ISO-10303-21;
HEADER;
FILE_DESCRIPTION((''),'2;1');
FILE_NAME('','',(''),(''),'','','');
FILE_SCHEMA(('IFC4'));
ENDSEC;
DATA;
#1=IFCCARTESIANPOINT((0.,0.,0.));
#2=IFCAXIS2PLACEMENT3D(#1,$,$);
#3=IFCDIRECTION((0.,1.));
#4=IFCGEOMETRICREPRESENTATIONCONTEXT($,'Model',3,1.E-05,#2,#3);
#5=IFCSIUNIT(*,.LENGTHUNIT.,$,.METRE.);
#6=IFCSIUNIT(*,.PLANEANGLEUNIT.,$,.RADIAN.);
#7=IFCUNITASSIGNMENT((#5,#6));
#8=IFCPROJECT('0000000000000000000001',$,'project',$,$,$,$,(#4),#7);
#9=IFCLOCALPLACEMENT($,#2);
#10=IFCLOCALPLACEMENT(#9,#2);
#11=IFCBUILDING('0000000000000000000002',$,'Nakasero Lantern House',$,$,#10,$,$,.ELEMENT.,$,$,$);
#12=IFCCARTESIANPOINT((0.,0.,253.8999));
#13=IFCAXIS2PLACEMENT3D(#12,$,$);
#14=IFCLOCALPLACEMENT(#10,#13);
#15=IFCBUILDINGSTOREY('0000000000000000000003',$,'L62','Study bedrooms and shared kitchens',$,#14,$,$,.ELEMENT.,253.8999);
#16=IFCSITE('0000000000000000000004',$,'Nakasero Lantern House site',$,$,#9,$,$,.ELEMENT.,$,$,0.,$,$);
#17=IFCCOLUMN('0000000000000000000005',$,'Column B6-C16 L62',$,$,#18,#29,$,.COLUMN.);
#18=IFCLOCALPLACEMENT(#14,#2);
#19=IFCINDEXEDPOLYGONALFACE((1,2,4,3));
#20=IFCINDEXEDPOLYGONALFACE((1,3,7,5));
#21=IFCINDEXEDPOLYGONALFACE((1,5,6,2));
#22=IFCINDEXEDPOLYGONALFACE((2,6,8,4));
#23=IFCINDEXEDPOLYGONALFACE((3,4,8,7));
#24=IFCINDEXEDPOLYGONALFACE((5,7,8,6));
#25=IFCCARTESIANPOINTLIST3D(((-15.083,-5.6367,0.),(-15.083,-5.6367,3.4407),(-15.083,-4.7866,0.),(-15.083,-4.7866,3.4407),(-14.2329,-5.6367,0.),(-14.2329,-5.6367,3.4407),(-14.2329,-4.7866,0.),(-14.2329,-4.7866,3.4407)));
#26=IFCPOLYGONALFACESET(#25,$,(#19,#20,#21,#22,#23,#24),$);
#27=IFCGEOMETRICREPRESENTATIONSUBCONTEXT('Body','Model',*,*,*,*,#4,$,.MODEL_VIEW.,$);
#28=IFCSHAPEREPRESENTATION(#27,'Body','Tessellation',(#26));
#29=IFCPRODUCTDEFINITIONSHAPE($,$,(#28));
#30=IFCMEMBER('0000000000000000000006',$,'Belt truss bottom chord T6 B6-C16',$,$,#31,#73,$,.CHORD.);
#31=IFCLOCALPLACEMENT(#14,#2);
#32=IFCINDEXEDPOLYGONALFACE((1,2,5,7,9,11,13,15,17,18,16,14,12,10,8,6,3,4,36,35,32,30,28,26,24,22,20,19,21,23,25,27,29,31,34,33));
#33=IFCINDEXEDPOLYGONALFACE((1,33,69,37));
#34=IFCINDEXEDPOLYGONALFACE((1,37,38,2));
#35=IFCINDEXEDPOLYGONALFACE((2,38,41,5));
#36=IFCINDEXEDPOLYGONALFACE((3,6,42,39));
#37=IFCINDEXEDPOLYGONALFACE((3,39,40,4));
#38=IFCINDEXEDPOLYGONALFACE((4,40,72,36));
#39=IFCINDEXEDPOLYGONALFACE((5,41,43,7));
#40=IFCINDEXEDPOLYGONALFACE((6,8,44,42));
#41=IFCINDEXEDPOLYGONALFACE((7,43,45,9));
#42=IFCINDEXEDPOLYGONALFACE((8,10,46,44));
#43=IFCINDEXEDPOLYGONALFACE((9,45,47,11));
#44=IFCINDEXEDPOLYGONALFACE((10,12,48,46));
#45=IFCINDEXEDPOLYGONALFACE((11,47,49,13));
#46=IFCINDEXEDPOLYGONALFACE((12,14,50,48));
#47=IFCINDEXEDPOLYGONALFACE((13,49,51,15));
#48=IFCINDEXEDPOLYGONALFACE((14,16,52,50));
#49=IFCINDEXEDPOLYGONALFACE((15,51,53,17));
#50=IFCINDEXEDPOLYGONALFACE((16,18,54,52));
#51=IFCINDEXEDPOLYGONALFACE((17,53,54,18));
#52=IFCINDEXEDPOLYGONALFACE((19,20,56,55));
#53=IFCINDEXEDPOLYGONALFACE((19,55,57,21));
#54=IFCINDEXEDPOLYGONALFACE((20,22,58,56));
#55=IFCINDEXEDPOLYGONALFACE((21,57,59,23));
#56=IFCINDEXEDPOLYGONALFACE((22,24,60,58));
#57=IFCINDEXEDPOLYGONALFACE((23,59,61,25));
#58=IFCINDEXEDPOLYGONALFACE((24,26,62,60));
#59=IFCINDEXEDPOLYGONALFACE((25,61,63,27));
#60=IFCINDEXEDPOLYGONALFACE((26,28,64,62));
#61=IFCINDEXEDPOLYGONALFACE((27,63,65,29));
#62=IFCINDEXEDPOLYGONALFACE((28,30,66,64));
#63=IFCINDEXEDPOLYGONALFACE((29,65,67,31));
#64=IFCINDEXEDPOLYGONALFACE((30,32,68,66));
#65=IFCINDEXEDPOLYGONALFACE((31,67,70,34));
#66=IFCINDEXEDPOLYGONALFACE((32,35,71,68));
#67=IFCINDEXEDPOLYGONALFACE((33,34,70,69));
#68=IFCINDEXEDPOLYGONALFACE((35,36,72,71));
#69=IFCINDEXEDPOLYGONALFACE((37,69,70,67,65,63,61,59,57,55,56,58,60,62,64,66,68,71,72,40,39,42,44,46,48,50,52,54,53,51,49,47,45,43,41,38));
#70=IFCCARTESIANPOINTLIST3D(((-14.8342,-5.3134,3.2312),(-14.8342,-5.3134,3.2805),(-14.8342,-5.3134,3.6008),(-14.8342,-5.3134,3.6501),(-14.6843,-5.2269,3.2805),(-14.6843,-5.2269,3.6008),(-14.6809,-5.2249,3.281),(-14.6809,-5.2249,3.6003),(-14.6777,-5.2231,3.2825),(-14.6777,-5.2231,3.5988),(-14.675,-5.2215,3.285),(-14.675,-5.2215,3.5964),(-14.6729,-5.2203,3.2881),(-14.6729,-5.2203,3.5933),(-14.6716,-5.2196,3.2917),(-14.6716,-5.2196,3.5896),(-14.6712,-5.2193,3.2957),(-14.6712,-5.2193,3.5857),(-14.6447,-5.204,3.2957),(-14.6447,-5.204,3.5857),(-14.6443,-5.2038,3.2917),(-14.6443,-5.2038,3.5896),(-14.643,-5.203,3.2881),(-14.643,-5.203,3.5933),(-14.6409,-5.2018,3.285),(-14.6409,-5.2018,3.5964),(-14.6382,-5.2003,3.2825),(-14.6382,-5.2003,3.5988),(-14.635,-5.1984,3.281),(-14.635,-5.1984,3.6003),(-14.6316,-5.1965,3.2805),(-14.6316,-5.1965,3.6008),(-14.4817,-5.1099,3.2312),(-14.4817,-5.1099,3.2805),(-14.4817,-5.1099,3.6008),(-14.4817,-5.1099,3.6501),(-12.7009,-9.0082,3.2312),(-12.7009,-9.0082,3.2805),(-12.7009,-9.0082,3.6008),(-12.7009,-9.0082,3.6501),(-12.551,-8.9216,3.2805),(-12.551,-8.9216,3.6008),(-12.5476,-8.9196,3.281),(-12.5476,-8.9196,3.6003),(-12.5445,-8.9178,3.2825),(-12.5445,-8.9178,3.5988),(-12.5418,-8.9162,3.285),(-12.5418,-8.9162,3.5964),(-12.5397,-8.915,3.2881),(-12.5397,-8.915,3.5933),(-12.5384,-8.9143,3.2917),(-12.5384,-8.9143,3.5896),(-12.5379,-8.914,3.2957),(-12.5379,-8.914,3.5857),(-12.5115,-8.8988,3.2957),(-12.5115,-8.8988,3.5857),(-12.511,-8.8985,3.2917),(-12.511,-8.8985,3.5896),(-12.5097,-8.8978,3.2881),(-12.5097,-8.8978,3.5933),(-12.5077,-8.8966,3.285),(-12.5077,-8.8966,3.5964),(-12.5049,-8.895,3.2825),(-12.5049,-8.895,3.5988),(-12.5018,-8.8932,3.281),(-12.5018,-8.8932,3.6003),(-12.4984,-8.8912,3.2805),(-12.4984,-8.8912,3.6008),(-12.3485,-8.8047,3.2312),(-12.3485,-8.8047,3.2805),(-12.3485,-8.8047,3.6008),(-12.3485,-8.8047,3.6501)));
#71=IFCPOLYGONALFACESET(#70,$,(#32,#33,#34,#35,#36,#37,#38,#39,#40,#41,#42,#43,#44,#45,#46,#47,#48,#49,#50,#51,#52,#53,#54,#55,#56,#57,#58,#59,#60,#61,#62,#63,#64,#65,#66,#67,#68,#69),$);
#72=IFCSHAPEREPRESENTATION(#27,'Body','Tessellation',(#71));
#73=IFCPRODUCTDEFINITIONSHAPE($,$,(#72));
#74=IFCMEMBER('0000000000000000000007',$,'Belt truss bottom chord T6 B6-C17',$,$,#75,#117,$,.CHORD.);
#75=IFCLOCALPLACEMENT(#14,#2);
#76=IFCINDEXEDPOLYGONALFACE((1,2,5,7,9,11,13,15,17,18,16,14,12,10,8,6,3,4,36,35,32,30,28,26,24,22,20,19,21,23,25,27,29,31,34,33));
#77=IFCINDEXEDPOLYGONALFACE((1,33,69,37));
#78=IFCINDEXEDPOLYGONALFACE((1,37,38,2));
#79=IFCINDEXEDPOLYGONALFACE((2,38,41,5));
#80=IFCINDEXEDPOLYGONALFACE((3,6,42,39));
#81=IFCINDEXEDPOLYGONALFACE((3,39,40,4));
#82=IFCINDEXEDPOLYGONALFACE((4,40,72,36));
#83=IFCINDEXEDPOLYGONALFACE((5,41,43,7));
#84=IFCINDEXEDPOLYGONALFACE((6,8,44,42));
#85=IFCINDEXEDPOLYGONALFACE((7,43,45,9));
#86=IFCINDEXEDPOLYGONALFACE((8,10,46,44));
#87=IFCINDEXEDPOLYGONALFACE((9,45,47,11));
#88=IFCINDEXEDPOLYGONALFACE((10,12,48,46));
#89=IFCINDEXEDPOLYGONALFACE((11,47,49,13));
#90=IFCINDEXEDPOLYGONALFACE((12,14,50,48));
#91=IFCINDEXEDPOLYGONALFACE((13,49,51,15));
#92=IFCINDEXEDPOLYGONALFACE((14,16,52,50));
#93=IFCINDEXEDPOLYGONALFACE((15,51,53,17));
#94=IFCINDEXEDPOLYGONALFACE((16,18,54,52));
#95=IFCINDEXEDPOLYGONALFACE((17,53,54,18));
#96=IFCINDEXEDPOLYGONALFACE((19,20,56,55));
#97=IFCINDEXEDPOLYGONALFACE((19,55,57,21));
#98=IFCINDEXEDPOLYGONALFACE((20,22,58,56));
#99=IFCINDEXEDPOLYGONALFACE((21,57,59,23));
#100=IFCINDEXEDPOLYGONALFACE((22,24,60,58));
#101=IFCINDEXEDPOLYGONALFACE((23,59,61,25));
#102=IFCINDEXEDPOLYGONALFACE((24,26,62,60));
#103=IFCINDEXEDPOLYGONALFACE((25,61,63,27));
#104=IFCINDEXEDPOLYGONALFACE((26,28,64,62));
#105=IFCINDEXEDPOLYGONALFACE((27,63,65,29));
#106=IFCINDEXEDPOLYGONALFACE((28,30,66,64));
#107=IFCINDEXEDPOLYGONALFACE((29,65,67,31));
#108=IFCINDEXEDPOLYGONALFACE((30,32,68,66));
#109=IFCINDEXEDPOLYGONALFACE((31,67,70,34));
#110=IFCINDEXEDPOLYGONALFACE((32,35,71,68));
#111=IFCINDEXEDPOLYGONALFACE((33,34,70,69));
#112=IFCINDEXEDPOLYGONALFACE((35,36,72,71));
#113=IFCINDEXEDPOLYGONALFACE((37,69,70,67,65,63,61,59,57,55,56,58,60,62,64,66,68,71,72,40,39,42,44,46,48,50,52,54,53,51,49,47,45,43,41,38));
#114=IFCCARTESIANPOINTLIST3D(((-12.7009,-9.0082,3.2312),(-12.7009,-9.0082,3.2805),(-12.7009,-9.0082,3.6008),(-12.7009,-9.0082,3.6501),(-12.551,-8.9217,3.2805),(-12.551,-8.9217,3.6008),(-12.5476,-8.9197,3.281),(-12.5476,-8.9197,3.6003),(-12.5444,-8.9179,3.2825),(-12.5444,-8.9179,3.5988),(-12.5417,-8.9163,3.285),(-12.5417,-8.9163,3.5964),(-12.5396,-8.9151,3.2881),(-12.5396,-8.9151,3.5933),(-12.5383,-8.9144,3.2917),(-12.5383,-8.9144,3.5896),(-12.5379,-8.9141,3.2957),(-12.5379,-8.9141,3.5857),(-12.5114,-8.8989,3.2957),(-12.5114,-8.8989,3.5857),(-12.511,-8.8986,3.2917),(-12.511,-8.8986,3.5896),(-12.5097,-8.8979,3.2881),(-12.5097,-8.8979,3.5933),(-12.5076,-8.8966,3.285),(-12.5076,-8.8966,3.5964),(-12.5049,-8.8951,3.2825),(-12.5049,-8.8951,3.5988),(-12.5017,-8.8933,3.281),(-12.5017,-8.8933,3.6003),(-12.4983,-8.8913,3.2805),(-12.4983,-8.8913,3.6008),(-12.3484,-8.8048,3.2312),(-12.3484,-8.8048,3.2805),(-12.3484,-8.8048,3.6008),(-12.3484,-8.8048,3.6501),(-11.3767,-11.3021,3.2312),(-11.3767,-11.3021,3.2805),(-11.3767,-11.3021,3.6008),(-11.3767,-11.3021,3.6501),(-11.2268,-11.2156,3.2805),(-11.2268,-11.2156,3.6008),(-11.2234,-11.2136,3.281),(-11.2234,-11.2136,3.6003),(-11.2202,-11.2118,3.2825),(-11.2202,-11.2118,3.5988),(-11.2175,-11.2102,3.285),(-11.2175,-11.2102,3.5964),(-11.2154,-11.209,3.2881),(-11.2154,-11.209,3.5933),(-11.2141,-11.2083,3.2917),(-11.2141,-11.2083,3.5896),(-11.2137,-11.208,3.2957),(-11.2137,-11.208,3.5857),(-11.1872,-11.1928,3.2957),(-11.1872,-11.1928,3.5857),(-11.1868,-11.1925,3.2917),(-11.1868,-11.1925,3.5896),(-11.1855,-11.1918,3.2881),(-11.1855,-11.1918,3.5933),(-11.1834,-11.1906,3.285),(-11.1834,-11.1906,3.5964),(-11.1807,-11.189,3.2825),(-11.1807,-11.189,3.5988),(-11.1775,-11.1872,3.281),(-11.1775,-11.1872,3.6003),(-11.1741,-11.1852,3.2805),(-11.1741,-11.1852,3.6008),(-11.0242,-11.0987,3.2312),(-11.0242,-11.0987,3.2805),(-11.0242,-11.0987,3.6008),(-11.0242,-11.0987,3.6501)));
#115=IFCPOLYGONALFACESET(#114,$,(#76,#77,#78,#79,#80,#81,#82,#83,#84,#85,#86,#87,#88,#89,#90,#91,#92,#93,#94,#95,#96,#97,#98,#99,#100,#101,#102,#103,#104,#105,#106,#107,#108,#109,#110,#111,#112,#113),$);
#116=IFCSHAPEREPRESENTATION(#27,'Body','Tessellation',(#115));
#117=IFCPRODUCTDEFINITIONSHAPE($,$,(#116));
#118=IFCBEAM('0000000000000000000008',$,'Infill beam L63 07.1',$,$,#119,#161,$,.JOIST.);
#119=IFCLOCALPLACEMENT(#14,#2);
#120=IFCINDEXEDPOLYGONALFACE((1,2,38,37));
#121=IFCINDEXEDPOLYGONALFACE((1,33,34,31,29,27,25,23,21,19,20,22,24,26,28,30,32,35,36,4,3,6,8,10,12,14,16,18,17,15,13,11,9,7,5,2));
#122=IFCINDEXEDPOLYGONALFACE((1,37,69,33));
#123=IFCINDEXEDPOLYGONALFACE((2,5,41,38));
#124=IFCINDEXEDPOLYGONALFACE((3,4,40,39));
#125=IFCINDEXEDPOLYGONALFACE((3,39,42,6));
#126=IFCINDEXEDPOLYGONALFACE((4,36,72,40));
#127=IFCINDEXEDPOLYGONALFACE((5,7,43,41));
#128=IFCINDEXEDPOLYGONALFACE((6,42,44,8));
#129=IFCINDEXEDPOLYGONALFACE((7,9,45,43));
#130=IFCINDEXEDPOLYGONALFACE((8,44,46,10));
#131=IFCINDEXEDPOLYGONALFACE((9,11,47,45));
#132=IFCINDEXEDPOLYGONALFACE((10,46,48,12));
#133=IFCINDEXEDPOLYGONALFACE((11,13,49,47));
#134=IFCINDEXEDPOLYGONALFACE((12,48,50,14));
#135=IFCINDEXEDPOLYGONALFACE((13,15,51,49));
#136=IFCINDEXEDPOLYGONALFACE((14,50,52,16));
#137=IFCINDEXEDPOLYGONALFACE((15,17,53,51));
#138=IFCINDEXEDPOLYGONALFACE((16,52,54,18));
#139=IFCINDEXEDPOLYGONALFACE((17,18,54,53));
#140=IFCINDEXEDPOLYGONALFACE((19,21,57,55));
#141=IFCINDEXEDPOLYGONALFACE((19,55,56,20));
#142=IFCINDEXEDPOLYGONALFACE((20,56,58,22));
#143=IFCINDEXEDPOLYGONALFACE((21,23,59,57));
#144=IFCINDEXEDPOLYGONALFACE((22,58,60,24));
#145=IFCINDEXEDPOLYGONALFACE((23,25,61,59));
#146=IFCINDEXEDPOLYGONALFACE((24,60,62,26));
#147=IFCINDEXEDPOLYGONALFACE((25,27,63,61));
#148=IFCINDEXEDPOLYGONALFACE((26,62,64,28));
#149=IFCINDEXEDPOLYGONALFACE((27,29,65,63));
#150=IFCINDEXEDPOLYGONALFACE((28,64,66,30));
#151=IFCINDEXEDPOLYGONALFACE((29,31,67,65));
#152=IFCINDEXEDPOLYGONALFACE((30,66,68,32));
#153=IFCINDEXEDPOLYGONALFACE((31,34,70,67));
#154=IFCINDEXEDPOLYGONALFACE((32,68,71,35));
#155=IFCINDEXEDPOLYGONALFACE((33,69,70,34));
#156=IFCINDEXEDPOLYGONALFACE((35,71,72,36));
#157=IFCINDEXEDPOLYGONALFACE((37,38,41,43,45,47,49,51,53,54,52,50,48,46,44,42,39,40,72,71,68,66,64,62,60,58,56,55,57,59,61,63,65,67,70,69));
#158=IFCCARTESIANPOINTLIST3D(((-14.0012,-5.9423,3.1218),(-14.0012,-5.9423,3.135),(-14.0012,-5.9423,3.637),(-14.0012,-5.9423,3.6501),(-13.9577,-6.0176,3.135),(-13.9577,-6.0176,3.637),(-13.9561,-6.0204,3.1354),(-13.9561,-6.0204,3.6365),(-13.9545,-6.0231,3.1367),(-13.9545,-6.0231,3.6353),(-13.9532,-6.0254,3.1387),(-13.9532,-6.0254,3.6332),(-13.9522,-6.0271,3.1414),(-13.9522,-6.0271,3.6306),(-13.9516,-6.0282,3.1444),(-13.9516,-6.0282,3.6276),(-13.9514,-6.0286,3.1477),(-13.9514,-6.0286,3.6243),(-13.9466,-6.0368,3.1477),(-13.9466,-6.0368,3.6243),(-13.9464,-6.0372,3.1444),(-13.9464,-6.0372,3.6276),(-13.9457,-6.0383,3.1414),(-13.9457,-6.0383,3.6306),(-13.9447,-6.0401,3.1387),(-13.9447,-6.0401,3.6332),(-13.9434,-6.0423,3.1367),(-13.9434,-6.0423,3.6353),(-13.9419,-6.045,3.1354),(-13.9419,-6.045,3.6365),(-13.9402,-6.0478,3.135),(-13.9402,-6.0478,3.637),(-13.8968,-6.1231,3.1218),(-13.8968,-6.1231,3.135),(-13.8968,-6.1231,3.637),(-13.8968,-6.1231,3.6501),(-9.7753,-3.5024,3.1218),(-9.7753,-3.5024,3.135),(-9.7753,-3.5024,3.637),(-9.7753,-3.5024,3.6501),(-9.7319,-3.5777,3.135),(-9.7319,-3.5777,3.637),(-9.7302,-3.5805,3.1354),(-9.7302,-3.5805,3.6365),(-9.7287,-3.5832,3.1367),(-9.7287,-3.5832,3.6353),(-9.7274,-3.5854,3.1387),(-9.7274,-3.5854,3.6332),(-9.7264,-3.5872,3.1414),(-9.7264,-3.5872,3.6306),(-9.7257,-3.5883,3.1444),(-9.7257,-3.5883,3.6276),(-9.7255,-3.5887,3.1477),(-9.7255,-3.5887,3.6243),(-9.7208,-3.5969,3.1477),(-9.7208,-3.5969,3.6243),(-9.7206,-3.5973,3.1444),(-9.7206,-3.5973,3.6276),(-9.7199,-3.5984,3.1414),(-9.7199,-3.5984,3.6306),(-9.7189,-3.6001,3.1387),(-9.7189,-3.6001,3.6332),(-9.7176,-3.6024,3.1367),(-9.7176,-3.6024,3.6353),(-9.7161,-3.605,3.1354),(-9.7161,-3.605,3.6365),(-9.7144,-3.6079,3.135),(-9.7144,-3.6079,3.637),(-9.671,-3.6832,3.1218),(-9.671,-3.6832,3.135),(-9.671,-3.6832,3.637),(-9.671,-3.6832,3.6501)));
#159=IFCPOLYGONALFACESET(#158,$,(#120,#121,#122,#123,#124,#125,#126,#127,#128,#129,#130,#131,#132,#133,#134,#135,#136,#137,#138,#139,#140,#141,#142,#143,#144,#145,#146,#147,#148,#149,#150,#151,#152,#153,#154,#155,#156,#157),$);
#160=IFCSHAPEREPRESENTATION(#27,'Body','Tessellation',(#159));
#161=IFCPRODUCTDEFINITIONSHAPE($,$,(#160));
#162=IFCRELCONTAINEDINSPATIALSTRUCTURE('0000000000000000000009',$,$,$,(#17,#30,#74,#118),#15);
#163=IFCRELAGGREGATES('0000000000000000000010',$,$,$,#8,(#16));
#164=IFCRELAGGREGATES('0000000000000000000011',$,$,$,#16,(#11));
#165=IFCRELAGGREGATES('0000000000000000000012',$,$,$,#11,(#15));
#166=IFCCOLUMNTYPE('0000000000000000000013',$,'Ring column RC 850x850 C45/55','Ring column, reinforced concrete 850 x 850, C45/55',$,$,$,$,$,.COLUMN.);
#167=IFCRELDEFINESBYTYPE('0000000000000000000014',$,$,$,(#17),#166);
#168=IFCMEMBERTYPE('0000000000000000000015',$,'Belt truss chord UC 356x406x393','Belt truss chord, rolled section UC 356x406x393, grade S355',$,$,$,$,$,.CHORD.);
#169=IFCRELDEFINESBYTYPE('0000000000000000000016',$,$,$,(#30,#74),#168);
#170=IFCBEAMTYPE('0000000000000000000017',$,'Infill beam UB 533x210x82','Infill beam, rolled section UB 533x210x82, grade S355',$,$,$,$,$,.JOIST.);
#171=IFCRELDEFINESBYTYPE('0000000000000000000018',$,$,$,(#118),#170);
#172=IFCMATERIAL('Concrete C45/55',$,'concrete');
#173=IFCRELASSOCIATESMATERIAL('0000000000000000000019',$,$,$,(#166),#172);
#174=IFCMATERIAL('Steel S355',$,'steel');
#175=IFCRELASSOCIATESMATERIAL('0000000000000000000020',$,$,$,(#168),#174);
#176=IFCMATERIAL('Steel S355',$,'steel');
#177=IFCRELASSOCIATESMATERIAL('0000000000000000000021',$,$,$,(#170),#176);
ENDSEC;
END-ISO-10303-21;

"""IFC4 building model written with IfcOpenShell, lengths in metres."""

from ifc_helpers import new_model, si_unit, direction, frame, origin, origin_2d, place, context, subcontext, project, spatial, rectangle, i_section, extrude, material, material_profile, profile_set, type_object, element, save


model = new_model("IFC4")

# Units and contexts
model_context = context("Model", 3, precision=1e-05, world=origin(), true_north=direction((0.0, 1.0)))
body_context = subcontext(model_context, "Body", "Model", "MODEL_VIEW")
ifc_project = project(units=[si_unit("LENGTHUNIT", "METRE"), si_unit("PLANEANGLEUNIT", "RADIAN")], contexts=[model_context])

# Site, building, storey
site_placement = place(None, origin())
site = spatial("IfcSite", under=ifc_project, at=site_placement, Name="Nakasero Lantern House site", CompositionType="ELEMENT", RefElevation=0.0)
building_placement = place(site_placement, origin())
building = spatial("IfcBuilding", under=site, at=building_placement, Name="Nakasero Lantern House", CompositionType="ELEMENT")
storey_placement = place(building_placement, frame((0.0, 0.0, 253.8999)))
storey = spatial("IfcBuildingStorey", under=building, at=storey_placement, Name="L62", Description="Study bedrooms and shared kitchens", CompositionType="ELEMENT", Elevation=253.8999)

# Column
ifc_material_1 = material(Name="Concrete C45/55", Category="concrete")
ifc_material_profile_1 = material_profile(ifc_material_1, rectangle(XDim=0.8501, YDim=0.8501, at=origin_2d()), Name="RC 850x850")
ifc_profile_set_1 = profile_set([ifc_material_profile_1], Name="Concrete C45/55")
column_type = type_object("IfcColumnType", Name="Ring column RC 850x850 C45/55", Description="Ring column, reinforced concrete 850 x 850, C45/55", PredefinedType="COLUMN", material=ifc_profile_set_1)
column_placement = place(storey_placement, frame((-14.658, -5.2117, 0.0), z_axis=(0.0, 0.0, 1.0), x_axis=(1.0, 0.0, 0.0)))
element("IfcColumn", 1, at=column_placement, inside=storey, type_object=column_type, Name="Column B6-C16 L62", PredefinedType="COLUMN", context=body_context, shape_type="SweptSolid", body=[
    extrude(rectangle(XDim=0.8501, YDim=0.8501, at=origin_2d()), origin(), (0.0, 0.0, 1.0), 3.4407),
])

# Members
ifc_material_2 = material(Name="Steel S355", Category="steel")
ifc_material_profile_2 = material_profile(ifc_material_2, i_section(OverallWidth=0.407, OverallDepth=0.4189, WebThickness=0.0305, FlangeThickness=0.0493, FilletRadius=0.0151, at=origin_2d()), Name="UC 356x406x393")
ifc_profile_set_2 = profile_set([ifc_material_profile_2], Name="Steel S355")
member_type = type_object("IfcMemberType", Name="Belt truss chord UC 356x406x393", Description="Belt truss chord, rolled section UC 356x406x393, grade S355", PredefinedType="CHORD", material=ifc_profile_set_2)
member_1_placement = place(storey_placement, frame((-14.658, -5.2117, 3.4407), z_axis=(0.500016, -0.866016, 0.0), x_axis=(0.866016, 0.500016, 0.0)))
element("IfcMember", 2, at=member_1_placement, inside=storey, type_object=member_type, Name="Belt truss bottom chord T6 B6-C16", PredefinedType="CHORD", context=body_context, shape_type="SweptSolid", body=[
    extrude(i_section(OverallWidth=0.407, OverallDepth=0.4189, WebThickness=0.0305, FlangeThickness=0.0493, FilletRadius=0.0151, at=origin_2d()), origin(), (0.0, 0.0, 1.0), 4.2664),
])
member_2_placement = place(storey_placement, frame((-12.5247, -8.9065, 3.4407), z_axis=(0.499946, -0.866057, 0.0), x_axis=(0.866057, 0.499946, 0.0)))
element("IfcMember", 3, at=member_2_placement, inside=storey, type_object=member_type, Name="Belt truss bottom chord T6 B6-C17", PredefinedType="CHORD", context=body_context, shape_type="SweptSolid", body=[
    extrude(i_section(OverallWidth=0.407, OverallDepth=0.4189, WebThickness=0.0305, FlangeThickness=0.0493, FilletRadius=0.0151, at=origin_2d()), origin(), (0.0, 0.0, 1.0), 2.6487),
])

# Beam
ifc_material_3 = material(Name="Steel S355", Category="steel")
ifc_material_profile_3 = material_profile(ifc_material_3, i_section(OverallWidth=0.2087, OverallDepth=0.5283, WebThickness=0.0095, FlangeThickness=0.0132, FilletRadius=0.0127, at=origin_2d()), Name="UB 533x210x82")
ifc_profile_set_3 = profile_set([ifc_material_profile_3], Name="Steel S355")
beam_type_1 = type_object("IfcBeamType", Name="Infill beam UB 533x210x82", Description="Infill beam, rolled section UB 533x210x82, grade S355", PredefinedType="JOIST", material=ifc_profile_set_3)
beam_1_placement = place(storey_placement, frame((-13.949, -6.0327, 3.386), z_axis=(0.866011, 0.500024, 0.0), x_axis=(-0.500024, 0.866011, 0.0)))
element("IfcBeam", 4, at=beam_1_placement, inside=storey, type_object=beam_type_1, Name="Infill beam L63 07.1", PredefinedType="JOIST", context=body_context, shape_type="SweptSolid", body=[
    extrude(i_section(OverallWidth=0.2087, OverallDepth=0.5283, WebThickness=0.0095, FlangeThickness=0.0132, FilletRadius=0.0127, at=origin_2d()), origin(), (0.0, 0.0, 1.0), 4.8796),
])

save(model, "model.ifc")
